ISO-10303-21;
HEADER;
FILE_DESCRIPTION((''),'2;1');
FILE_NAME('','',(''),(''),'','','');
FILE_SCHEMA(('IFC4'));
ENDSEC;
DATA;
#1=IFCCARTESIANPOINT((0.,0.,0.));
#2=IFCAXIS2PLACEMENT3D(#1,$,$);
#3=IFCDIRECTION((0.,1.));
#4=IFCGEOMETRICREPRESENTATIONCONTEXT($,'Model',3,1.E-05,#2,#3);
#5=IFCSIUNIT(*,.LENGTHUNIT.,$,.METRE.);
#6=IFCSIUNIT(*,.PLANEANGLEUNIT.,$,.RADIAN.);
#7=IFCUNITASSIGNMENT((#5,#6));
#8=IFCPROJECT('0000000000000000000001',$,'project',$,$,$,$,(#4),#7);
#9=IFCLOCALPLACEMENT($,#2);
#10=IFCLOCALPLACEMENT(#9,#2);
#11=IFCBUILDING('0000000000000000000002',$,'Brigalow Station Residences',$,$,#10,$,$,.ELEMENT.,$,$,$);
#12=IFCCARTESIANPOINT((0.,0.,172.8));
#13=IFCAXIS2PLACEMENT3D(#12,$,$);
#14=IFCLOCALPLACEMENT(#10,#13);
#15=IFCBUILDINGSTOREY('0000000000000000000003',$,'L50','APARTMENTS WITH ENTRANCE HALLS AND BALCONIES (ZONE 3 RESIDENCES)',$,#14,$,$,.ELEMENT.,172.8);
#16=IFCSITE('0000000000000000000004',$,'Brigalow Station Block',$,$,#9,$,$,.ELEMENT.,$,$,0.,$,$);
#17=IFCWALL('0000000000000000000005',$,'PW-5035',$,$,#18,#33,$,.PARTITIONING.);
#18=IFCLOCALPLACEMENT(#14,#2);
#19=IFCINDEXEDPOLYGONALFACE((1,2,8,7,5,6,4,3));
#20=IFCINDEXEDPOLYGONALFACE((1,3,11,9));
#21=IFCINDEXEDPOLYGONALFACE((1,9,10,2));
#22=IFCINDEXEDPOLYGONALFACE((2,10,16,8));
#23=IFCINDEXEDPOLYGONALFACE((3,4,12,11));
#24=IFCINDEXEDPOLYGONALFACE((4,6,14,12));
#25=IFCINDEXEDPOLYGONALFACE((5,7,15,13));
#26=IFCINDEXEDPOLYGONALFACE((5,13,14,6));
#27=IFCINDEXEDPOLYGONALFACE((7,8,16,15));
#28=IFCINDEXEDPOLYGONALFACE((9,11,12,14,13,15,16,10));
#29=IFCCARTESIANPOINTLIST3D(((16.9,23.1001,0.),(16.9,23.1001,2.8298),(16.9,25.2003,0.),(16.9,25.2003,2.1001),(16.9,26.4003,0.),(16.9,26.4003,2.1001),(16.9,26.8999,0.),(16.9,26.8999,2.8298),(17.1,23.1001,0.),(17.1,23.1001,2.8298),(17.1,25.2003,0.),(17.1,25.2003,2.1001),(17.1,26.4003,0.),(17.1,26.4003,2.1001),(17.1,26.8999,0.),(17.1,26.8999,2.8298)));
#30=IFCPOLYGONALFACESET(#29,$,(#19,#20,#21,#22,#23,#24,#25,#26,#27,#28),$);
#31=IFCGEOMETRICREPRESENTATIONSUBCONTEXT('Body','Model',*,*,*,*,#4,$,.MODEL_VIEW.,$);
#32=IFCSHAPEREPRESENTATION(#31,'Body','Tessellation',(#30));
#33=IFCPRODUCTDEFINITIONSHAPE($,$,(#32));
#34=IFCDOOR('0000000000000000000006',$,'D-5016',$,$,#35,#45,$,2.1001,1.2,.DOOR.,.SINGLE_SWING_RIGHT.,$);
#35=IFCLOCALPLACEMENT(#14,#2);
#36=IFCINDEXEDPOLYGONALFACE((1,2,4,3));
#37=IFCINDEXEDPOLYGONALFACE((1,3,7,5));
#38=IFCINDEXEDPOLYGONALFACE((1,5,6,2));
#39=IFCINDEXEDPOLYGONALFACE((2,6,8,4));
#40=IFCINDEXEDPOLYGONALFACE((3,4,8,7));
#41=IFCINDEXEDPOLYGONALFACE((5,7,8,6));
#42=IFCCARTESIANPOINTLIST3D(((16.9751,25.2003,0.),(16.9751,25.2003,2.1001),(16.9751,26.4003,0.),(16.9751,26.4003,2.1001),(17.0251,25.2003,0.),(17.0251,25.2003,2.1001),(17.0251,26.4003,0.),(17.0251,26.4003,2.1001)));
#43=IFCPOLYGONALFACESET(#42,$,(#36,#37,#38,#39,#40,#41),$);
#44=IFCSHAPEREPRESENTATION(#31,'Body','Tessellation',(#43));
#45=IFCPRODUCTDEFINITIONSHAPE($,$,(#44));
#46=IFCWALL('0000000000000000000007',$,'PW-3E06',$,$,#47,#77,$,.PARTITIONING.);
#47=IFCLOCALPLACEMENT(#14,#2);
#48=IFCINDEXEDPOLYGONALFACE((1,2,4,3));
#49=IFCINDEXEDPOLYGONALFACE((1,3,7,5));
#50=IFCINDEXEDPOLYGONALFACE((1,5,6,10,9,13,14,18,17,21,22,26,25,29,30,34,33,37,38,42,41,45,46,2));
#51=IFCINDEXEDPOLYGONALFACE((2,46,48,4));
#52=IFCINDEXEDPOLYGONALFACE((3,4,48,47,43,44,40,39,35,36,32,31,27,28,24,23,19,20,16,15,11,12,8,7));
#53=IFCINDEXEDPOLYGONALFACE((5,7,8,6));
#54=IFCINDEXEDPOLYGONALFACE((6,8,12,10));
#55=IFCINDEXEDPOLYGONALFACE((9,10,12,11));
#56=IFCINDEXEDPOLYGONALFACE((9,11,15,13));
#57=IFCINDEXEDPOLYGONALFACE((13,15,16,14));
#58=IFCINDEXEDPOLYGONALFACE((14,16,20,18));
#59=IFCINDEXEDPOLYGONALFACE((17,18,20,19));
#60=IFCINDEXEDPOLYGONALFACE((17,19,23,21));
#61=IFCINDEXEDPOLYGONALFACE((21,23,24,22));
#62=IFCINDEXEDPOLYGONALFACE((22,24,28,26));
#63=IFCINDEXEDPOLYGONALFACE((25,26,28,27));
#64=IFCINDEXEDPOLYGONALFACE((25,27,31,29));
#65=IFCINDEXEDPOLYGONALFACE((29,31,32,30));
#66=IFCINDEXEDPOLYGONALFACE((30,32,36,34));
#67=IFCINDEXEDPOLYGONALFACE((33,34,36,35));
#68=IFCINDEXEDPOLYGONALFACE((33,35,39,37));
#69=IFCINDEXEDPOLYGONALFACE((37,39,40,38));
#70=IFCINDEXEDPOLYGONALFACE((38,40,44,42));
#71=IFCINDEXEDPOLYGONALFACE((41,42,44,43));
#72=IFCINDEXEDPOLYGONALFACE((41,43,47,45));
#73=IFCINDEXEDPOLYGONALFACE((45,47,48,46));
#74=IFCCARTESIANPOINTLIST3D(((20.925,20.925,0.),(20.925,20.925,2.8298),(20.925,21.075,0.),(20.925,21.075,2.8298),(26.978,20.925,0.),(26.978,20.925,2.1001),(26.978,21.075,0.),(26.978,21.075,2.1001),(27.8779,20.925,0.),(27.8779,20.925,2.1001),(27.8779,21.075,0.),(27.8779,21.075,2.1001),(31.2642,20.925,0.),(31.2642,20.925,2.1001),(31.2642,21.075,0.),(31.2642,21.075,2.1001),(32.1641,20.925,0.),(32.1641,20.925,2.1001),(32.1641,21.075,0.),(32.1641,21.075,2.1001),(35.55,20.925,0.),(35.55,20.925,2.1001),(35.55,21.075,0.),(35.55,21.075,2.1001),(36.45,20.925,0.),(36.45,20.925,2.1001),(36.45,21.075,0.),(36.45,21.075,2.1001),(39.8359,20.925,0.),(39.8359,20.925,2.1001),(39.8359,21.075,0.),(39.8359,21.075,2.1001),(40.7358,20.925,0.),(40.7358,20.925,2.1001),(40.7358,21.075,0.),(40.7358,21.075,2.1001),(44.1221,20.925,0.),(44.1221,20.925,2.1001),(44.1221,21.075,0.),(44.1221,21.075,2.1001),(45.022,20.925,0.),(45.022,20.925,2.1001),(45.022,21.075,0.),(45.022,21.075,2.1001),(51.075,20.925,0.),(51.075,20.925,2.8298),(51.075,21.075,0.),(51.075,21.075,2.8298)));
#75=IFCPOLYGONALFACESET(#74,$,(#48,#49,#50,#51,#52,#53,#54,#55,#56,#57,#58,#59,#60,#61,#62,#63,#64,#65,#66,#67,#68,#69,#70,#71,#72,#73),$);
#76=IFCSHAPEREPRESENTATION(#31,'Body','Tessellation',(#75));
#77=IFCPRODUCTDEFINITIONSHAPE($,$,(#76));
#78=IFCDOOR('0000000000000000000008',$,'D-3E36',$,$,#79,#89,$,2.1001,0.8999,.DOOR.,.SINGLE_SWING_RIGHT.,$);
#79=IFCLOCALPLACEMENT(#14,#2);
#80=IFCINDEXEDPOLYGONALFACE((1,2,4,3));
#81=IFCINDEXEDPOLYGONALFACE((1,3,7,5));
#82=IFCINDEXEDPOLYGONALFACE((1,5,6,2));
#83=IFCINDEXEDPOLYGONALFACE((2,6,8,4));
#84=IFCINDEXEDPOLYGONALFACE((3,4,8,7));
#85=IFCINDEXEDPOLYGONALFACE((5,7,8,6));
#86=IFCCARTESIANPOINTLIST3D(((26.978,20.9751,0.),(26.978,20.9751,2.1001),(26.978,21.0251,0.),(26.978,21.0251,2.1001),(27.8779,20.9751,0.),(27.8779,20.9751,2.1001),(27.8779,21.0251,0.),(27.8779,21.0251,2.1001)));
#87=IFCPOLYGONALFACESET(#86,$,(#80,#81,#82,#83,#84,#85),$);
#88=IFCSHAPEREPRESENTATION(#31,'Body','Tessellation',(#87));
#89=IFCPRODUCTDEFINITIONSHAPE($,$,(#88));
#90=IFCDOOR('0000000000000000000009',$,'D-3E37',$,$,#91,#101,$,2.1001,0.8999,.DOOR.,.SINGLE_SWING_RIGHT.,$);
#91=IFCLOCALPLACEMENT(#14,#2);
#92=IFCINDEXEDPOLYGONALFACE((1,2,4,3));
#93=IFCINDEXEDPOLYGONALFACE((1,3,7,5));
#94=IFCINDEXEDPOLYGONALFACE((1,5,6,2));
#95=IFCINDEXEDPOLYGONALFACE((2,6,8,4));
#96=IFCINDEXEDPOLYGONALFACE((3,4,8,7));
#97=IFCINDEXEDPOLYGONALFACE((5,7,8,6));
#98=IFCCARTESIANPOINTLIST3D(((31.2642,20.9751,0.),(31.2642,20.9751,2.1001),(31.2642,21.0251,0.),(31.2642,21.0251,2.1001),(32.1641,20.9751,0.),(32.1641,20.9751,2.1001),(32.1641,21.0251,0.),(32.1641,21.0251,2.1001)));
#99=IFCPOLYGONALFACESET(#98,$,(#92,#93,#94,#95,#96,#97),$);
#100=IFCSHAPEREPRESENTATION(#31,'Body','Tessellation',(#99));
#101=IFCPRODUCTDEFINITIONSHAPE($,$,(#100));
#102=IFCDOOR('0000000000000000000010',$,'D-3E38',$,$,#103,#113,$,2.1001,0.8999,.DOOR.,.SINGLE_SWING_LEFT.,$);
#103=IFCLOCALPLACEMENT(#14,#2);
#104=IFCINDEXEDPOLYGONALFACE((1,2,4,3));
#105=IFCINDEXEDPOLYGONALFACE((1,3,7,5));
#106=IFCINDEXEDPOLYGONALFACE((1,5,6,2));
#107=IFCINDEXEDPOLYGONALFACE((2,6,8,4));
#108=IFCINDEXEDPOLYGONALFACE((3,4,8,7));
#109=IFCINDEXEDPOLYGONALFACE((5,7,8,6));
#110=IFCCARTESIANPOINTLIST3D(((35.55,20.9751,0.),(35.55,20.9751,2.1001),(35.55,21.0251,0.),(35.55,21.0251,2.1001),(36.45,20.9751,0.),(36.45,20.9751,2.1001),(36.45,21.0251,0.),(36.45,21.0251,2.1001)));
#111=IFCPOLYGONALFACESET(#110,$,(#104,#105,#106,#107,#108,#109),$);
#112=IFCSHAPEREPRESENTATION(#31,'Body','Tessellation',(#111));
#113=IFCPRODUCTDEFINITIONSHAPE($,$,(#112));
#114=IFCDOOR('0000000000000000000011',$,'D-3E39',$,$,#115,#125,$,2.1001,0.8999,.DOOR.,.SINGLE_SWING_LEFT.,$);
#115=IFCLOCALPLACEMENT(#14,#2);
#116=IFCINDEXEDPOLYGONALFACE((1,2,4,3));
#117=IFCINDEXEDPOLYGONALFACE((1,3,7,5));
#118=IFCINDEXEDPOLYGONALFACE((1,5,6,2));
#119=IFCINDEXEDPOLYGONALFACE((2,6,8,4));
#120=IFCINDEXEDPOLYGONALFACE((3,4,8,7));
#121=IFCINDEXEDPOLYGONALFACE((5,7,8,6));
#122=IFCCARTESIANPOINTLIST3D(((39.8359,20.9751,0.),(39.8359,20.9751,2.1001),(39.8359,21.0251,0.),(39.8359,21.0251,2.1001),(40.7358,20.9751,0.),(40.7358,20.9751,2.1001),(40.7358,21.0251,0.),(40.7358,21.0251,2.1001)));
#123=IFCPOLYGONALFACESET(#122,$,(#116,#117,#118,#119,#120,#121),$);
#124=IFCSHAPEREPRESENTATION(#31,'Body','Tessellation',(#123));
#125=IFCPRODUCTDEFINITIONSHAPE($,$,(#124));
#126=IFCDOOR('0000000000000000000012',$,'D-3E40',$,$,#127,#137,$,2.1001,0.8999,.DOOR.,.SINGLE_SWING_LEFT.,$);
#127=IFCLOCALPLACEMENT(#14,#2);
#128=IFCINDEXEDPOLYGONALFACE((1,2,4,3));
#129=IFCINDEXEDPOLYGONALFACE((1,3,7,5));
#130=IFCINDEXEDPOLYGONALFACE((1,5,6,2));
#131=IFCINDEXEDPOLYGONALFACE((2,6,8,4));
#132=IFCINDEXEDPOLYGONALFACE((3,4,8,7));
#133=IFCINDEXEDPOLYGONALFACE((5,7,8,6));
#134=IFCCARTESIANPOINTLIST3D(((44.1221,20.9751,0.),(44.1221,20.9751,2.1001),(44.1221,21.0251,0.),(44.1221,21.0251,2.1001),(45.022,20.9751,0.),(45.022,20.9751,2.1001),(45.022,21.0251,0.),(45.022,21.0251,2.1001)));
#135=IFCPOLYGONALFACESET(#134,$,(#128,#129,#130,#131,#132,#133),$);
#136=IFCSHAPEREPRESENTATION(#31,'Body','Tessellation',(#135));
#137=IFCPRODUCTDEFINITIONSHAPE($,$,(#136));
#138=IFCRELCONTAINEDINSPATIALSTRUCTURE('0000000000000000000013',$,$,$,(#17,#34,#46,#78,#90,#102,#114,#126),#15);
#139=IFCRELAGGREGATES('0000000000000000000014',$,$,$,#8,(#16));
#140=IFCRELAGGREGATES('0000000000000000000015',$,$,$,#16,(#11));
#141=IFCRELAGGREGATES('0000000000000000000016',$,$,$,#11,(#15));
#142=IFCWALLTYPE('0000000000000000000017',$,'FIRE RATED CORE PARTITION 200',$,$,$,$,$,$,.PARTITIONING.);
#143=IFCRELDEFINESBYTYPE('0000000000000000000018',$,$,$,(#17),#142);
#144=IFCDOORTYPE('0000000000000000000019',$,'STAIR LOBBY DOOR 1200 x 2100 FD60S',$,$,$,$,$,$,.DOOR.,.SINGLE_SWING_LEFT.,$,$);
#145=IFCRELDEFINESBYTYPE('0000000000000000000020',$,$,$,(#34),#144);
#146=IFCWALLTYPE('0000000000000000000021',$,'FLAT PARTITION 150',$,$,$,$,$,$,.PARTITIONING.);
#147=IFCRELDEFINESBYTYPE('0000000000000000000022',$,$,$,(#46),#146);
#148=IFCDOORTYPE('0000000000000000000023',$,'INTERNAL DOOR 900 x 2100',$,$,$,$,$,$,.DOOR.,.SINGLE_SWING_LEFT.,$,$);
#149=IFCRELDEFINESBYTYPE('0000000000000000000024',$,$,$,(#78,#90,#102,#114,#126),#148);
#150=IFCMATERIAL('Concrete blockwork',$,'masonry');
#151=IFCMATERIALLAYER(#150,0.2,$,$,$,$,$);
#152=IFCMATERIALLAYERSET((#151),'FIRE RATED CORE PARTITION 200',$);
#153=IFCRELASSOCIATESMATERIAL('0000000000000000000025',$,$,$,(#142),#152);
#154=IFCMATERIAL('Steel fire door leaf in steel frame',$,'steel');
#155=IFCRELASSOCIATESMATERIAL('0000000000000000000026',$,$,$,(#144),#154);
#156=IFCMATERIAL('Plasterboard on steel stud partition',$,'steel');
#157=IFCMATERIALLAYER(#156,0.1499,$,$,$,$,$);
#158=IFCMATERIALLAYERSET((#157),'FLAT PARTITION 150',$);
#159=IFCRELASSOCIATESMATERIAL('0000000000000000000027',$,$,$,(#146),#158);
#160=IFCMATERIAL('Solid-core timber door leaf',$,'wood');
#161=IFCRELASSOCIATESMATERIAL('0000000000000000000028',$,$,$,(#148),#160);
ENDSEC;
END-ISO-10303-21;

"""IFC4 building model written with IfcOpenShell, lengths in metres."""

from ifc_helpers import new_model, si_unit, direction, frame, frame_2d, origin, place, context, subcontext, project, spatial, rectangle, extrude, material, layer, layer_set, type_object, element, fill, save


model = new_model("IFC4")

# Units and contexts
model_context = context("Model", 3, precision=1e-05, world=origin(), true_north=direction((0.0, 1.0)))
body_context = subcontext(model_context, "Body", "Model", "MODEL_VIEW")
ifc_project = project(units=[si_unit("LENGTHUNIT", "METRE"), si_unit("PLANEANGLEUNIT", "RADIAN")], contexts=[model_context])

# Site, building, storey
site_placement = place(None, origin())
site = spatial("IfcSite", under=ifc_project, at=site_placement, Name="Brigalow Station Block", CompositionType="ELEMENT", RefElevation=0.0)
building_placement = place(site_placement, origin())
building = spatial("IfcBuilding", under=site, at=building_placement, Name="Brigalow Station Residences", CompositionType="ELEMENT")
storey_placement = place(building_placement, frame((0.0, 0.0, 172.8)))
storey = spatial("IfcBuildingStorey", under=building, at=storey_placement, Name="L50", Description="APARTMENTS WITH ENTRANCE HALLS AND BALCONIES (ZONE 3 RESIDENCES)", CompositionType="ELEMENT", Elevation=172.8)

# Wall, opening, door
ifc_material_1 = material(Name="Concrete blockwork", Category="masonry")
ifc_layer_1 = layer(ifc_material_1, 0.2)
ifc_layer_set_1 = layer_set([ifc_layer_1], Name="FIRE RATED CORE PARTITION 200")
wall_type_1 = type_object("IfcWallType", Name="FIRE RATED CORE PARTITION 200", PredefinedType="PARTITIONING", material=ifc_layer_set_1)
wall_1_placement = place(storey_placement, frame((17.0, 23.1001, 0.0), z_axis=(0.0, 0.0, 1.0), x_axis=(0.0, 1.0, 0.0)))
wall_1 = element("IfcWall", 1, at=wall_1_placement, inside=storey, type_object=wall_type_1, Name="PW-5035", PredefinedType="PARTITIONING", context=body_context, shape_type="SweptSolid", body=[
    extrude(rectangle(XDim=3.7998, YDim=0.2, at=frame_2d((1.8999, 0.0))), origin(), (0.0, 0.0, 1.0), 2.8298),
])
opening_1_placement = place(wall_1_placement, frame((2.1001, 0.0, 0.0)))
opening_1 = element("IfcOpeningElement", 2, at=opening_1_placement, cuts=wall_1, PredefinedType="OPENING", context=body_context, shape_type="SweptSolid", body=[
    extrude(rectangle(XDim=1.2, YDim=2.1001, at=frame_2d((0.6001, 1.05))), frame((0.0, 0.1099, 0.0), z_axis=(0.0, -1.0, 0.0), x_axis=(1.0, 0.0, 0.0)), (0.0, 0.0, 1.0), 0.22),
])
ifc_material_2 = material(Name="Steel fire door leaf in steel frame", Category="steel")
door_type_1 = type_object("IfcDoorType", Name="STAIR LOBBY DOOR 1200 x 2100 FD60S", OperationType="SINGLE_SWING_LEFT", PredefinedType="DOOR", material=ifc_material_2)
door_1_placement = place(opening_1_placement, origin())
door_1 = element("IfcDoor", 3, at=door_1_placement, inside=storey, type_object=door_type_1, Name="D-5016", OperationType="SINGLE_SWING_RIGHT", OverallHeight=2.1001, OverallWidth=1.2, PredefinedType="DOOR", context=body_context, shape_type="SweptSolid", body=[
    extrude(rectangle(XDim=1.2, YDim=2.1001, at=frame_2d((0.6001, 1.05))), frame((0.0, 0.0249, 0.0), z_axis=(0.0, -1.0, 0.0), x_axis=(1.0, 0.0, 0.0)), (0.0, 0.0, 1.0), 0.05),
])
fill(opening_1, door_1)

# Wall, openings, doors
ifc_material_3 = material(Name="Plasterboard on steel stud partition", Category="steel")
ifc_layer_2 = layer(ifc_material_3, 0.1499)
ifc_layer_set_2 = layer_set([ifc_layer_2], Name="FLAT PARTITION 150")
wall_type_2 = type_object("IfcWallType", Name="FLAT PARTITION 150", PredefinedType="PARTITIONING", material=ifc_layer_set_2)
wall_2_placement = place(storey_placement, frame((20.925, 21.0, 0.0), z_axis=(0.0, 0.0, 1.0), x_axis=(1.0, 0.0, 0.0)))
wall_2 = element("IfcWall", 4, at=wall_2_placement, inside=storey, type_object=wall_type_2, Name="PW-3E06", PredefinedType="PARTITIONING", context=body_context, shape_type="SweptSolid", body=[
    extrude(rectangle(XDim=30.1499, YDim=0.1499, at=frame_2d((15.075, 0.0))), origin(), (0.0, 0.0, 1.0), 2.8298),
])
opening_2_placement = place(wall_2_placement, frame((6.053, 0.0, 0.0)))
opening_2 = element("IfcOpeningElement", 5, at=opening_2_placement, cuts=wall_2, PredefinedType="OPENING", context=body_context, shape_type="SweptSolid", body=[
    extrude(rectangle(XDim=0.8999, YDim=2.1001, at=frame_2d((0.45, 1.05))), frame((0.0, 0.085, 0.0), z_axis=(0.0, -1.0, 0.0), x_axis=(1.0, 0.0, 0.0)), (0.0, 0.0, 1.0), 0.1699),
])
opening_3_placement = place(wall_2_placement, frame((10.3391, 0.0, 0.0)))
opening_3 = element("IfcOpeningElement", 6, at=opening_3_placement, cuts=wall_2, PredefinedType="OPENING", context=body_context, shape_type="SweptSolid", body=[
    extrude(rectangle(XDim=0.8999, YDim=2.1001, at=frame_2d((0.45, 1.05))), frame((0.0, 0.085, 0.0), z_axis=(0.0, -1.0, 0.0), x_axis=(1.0, 0.0, 0.0)), (0.0, 0.0, 1.0), 0.1699),
])
opening_4_placement = place(wall_2_placement, frame((14.625, 0.0, 0.0)))
opening_4 = element("IfcOpeningElement", 7, at=opening_4_placement, cuts=wall_2, PredefinedType="OPENING", context=body_context, shape_type="SweptSolid", body=[
    extrude(rectangle(XDim=0.8999, YDim=2.1001, at=frame_2d((0.45, 1.05))), frame((0.0, 0.085, 0.0), z_axis=(0.0, -1.0, 0.0), x_axis=(1.0, 0.0, 0.0)), (0.0, 0.0, 1.0), 0.1699),
])
opening_5_placement = place(wall_2_placement, frame((18.9109, 0.0, 0.0)))
opening_5 = element("IfcOpeningElement", 8, at=opening_5_placement, cuts=wall_2, PredefinedType="OPENING", context=body_context, shape_type="SweptSolid", body=[
    extrude(rectangle(XDim=0.8999, YDim=2.1001, at=frame_2d((0.45, 1.05))), frame((0.0, 0.085, 0.0), z_axis=(0.0, -1.0, 0.0), x_axis=(1.0, 0.0, 0.0)), (0.0, 0.0, 1.0), 0.1699),
])
opening_6_placement = place(wall_2_placement, frame((23.197, 0.0, 0.0)))
opening_6 = element("IfcOpeningElement", 9, at=opening_6_placement, cuts=wall_2, PredefinedType="OPENING", context=body_context, shape_type="SweptSolid", body=[
    extrude(rectangle(XDim=0.8999, YDim=2.1001, at=frame_2d((0.45, 1.05))), frame((0.0, 0.085, 0.0), z_axis=(0.0, -1.0, 0.0), x_axis=(1.0, 0.0, 0.0)), (0.0, 0.0, 1.0), 0.1699),
])
ifc_material_4 = material(Name="Solid-core timber door leaf", Category="wood")
door_type_2 = type_object("IfcDoorType", Name="INTERNAL DOOR 900 x 2100", OperationType="SINGLE_SWING_LEFT", PredefinedType="DOOR", material=ifc_material_4)
door_2_placement = place(opening_2_placement, frame((0.8999, 0.0, 0.0), z_axis=(0.0, 0.0, 1.0), x_axis=(-1.0, 0.0, 0.0)))
door_2 = element("IfcDoor", 10, at=door_2_placement, inside=storey, type_object=door_type_2, Name="D-3E36", OperationType="SINGLE_SWING_RIGHT", OverallHeight=2.1001, OverallWidth=0.8999, PredefinedType="DOOR", context=body_context, shape_type="SweptSolid", body=[
    extrude(rectangle(XDim=0.8999, YDim=2.1001, at=frame_2d((0.45, 1.05))), frame((0.0, 0.0249, 0.0), z_axis=(0.0, -1.0, 0.0), x_axis=(1.0, 0.0, 0.0)), (0.0, 0.0, 1.0), 0.05),
])
fill(opening_2, door_2)
door_3_placement = place(opening_3_placement, frame((0.8999, 0.0, 0.0), z_axis=(0.0, 0.0, 1.0), x_axis=(-1.0, 0.0, 0.0)))
door_3 = element("IfcDoor", 11, at=door_3_placement, inside=storey, type_object=door_type_2, Name="D-3E37", OperationType="SINGLE_SWING_RIGHT", OverallHeight=2.1001, OverallWidth=0.8999, PredefinedType="DOOR", context=body_context, shape_type="SweptSolid", body=[
    extrude(rectangle(XDim=0.8999, YDim=2.1001, at=frame_2d((0.45, 1.05))), frame((0.0, 0.0249, 0.0), z_axis=(0.0, -1.0, 0.0), x_axis=(1.0, 0.0, 0.0)), (0.0, 0.0, 1.0), 0.05),
])
fill(opening_3, door_3)
door_4_placement = place(opening_4_placement, frame((0.8999, 0.0, 0.0), z_axis=(0.0, 0.0, 1.0), x_axis=(-1.0, 0.0, 0.0)))
door_4 = element("IfcDoor", 12, at=door_4_placement, inside=storey, type_object=door_type_2, Name="D-3E38", OperationType="SINGLE_SWING_LEFT", OverallHeight=2.1001, OverallWidth=0.8999, PredefinedType="DOOR", context=body_context, shape_type="SweptSolid", body=[
    extrude(rectangle(XDim=0.8999, YDim=2.1001, at=frame_2d((0.45, 1.05))), frame((0.0, 0.0249, 0.0), z_axis=(0.0, -1.0, 0.0), x_axis=(1.0, 0.0, 0.0)), (0.0, 0.0, 1.0), 0.05),
])
fill(opening_4, door_4)
door_5_placement = place(opening_5_placement, frame((0.8999, 0.0, 0.0), z_axis=(0.0, 0.0, 1.0), x_axis=(-1.0, 0.0, 0.0)))
door_5 = element("IfcDoor", 13, at=door_5_placement, inside=storey, type_object=door_type_2, Name="D-3E39", OperationType="SINGLE_SWING_LEFT", OverallHeight=2.1001, OverallWidth=0.8999, PredefinedType="DOOR", context=body_context, shape_type="SweptSolid", body=[
    extrude(rectangle(XDim=0.8999, YDim=2.1001, at=frame_2d((0.45, 1.05))), frame((0.0, 0.0249, 0.0), z_axis=(0.0, -1.0, 0.0), x_axis=(1.0, 0.0, 0.0)), (0.0, 0.0, 1.0), 0.05),
])
fill(opening_5, door_5)
door_6_placement = place(opening_6_placement, frame((0.8999, 0.0, 0.0), z_axis=(0.0, 0.0, 1.0), x_axis=(-1.0, 0.0, 0.0)))
door_6 = element("IfcDoor", 14, at=door_6_placement, inside=storey, type_object=door_type_2, Name="D-3E40", OperationType="SINGLE_SWING_LEFT", OverallHeight=2.1001, OverallWidth=0.8999, PredefinedType="DOOR", context=body_context, shape_type="SweptSolid", body=[
    extrude(rectangle(XDim=0.8999, YDim=2.1001, at=frame_2d((0.45, 1.05))), frame((0.0, 0.0249, 0.0), z_axis=(0.0, -1.0, 0.0), x_axis=(1.0, 0.0, 0.0)), (0.0, 0.0, 1.0), 0.05),
])
fill(opening_6, door_6)

save(model, "model.ifc")
